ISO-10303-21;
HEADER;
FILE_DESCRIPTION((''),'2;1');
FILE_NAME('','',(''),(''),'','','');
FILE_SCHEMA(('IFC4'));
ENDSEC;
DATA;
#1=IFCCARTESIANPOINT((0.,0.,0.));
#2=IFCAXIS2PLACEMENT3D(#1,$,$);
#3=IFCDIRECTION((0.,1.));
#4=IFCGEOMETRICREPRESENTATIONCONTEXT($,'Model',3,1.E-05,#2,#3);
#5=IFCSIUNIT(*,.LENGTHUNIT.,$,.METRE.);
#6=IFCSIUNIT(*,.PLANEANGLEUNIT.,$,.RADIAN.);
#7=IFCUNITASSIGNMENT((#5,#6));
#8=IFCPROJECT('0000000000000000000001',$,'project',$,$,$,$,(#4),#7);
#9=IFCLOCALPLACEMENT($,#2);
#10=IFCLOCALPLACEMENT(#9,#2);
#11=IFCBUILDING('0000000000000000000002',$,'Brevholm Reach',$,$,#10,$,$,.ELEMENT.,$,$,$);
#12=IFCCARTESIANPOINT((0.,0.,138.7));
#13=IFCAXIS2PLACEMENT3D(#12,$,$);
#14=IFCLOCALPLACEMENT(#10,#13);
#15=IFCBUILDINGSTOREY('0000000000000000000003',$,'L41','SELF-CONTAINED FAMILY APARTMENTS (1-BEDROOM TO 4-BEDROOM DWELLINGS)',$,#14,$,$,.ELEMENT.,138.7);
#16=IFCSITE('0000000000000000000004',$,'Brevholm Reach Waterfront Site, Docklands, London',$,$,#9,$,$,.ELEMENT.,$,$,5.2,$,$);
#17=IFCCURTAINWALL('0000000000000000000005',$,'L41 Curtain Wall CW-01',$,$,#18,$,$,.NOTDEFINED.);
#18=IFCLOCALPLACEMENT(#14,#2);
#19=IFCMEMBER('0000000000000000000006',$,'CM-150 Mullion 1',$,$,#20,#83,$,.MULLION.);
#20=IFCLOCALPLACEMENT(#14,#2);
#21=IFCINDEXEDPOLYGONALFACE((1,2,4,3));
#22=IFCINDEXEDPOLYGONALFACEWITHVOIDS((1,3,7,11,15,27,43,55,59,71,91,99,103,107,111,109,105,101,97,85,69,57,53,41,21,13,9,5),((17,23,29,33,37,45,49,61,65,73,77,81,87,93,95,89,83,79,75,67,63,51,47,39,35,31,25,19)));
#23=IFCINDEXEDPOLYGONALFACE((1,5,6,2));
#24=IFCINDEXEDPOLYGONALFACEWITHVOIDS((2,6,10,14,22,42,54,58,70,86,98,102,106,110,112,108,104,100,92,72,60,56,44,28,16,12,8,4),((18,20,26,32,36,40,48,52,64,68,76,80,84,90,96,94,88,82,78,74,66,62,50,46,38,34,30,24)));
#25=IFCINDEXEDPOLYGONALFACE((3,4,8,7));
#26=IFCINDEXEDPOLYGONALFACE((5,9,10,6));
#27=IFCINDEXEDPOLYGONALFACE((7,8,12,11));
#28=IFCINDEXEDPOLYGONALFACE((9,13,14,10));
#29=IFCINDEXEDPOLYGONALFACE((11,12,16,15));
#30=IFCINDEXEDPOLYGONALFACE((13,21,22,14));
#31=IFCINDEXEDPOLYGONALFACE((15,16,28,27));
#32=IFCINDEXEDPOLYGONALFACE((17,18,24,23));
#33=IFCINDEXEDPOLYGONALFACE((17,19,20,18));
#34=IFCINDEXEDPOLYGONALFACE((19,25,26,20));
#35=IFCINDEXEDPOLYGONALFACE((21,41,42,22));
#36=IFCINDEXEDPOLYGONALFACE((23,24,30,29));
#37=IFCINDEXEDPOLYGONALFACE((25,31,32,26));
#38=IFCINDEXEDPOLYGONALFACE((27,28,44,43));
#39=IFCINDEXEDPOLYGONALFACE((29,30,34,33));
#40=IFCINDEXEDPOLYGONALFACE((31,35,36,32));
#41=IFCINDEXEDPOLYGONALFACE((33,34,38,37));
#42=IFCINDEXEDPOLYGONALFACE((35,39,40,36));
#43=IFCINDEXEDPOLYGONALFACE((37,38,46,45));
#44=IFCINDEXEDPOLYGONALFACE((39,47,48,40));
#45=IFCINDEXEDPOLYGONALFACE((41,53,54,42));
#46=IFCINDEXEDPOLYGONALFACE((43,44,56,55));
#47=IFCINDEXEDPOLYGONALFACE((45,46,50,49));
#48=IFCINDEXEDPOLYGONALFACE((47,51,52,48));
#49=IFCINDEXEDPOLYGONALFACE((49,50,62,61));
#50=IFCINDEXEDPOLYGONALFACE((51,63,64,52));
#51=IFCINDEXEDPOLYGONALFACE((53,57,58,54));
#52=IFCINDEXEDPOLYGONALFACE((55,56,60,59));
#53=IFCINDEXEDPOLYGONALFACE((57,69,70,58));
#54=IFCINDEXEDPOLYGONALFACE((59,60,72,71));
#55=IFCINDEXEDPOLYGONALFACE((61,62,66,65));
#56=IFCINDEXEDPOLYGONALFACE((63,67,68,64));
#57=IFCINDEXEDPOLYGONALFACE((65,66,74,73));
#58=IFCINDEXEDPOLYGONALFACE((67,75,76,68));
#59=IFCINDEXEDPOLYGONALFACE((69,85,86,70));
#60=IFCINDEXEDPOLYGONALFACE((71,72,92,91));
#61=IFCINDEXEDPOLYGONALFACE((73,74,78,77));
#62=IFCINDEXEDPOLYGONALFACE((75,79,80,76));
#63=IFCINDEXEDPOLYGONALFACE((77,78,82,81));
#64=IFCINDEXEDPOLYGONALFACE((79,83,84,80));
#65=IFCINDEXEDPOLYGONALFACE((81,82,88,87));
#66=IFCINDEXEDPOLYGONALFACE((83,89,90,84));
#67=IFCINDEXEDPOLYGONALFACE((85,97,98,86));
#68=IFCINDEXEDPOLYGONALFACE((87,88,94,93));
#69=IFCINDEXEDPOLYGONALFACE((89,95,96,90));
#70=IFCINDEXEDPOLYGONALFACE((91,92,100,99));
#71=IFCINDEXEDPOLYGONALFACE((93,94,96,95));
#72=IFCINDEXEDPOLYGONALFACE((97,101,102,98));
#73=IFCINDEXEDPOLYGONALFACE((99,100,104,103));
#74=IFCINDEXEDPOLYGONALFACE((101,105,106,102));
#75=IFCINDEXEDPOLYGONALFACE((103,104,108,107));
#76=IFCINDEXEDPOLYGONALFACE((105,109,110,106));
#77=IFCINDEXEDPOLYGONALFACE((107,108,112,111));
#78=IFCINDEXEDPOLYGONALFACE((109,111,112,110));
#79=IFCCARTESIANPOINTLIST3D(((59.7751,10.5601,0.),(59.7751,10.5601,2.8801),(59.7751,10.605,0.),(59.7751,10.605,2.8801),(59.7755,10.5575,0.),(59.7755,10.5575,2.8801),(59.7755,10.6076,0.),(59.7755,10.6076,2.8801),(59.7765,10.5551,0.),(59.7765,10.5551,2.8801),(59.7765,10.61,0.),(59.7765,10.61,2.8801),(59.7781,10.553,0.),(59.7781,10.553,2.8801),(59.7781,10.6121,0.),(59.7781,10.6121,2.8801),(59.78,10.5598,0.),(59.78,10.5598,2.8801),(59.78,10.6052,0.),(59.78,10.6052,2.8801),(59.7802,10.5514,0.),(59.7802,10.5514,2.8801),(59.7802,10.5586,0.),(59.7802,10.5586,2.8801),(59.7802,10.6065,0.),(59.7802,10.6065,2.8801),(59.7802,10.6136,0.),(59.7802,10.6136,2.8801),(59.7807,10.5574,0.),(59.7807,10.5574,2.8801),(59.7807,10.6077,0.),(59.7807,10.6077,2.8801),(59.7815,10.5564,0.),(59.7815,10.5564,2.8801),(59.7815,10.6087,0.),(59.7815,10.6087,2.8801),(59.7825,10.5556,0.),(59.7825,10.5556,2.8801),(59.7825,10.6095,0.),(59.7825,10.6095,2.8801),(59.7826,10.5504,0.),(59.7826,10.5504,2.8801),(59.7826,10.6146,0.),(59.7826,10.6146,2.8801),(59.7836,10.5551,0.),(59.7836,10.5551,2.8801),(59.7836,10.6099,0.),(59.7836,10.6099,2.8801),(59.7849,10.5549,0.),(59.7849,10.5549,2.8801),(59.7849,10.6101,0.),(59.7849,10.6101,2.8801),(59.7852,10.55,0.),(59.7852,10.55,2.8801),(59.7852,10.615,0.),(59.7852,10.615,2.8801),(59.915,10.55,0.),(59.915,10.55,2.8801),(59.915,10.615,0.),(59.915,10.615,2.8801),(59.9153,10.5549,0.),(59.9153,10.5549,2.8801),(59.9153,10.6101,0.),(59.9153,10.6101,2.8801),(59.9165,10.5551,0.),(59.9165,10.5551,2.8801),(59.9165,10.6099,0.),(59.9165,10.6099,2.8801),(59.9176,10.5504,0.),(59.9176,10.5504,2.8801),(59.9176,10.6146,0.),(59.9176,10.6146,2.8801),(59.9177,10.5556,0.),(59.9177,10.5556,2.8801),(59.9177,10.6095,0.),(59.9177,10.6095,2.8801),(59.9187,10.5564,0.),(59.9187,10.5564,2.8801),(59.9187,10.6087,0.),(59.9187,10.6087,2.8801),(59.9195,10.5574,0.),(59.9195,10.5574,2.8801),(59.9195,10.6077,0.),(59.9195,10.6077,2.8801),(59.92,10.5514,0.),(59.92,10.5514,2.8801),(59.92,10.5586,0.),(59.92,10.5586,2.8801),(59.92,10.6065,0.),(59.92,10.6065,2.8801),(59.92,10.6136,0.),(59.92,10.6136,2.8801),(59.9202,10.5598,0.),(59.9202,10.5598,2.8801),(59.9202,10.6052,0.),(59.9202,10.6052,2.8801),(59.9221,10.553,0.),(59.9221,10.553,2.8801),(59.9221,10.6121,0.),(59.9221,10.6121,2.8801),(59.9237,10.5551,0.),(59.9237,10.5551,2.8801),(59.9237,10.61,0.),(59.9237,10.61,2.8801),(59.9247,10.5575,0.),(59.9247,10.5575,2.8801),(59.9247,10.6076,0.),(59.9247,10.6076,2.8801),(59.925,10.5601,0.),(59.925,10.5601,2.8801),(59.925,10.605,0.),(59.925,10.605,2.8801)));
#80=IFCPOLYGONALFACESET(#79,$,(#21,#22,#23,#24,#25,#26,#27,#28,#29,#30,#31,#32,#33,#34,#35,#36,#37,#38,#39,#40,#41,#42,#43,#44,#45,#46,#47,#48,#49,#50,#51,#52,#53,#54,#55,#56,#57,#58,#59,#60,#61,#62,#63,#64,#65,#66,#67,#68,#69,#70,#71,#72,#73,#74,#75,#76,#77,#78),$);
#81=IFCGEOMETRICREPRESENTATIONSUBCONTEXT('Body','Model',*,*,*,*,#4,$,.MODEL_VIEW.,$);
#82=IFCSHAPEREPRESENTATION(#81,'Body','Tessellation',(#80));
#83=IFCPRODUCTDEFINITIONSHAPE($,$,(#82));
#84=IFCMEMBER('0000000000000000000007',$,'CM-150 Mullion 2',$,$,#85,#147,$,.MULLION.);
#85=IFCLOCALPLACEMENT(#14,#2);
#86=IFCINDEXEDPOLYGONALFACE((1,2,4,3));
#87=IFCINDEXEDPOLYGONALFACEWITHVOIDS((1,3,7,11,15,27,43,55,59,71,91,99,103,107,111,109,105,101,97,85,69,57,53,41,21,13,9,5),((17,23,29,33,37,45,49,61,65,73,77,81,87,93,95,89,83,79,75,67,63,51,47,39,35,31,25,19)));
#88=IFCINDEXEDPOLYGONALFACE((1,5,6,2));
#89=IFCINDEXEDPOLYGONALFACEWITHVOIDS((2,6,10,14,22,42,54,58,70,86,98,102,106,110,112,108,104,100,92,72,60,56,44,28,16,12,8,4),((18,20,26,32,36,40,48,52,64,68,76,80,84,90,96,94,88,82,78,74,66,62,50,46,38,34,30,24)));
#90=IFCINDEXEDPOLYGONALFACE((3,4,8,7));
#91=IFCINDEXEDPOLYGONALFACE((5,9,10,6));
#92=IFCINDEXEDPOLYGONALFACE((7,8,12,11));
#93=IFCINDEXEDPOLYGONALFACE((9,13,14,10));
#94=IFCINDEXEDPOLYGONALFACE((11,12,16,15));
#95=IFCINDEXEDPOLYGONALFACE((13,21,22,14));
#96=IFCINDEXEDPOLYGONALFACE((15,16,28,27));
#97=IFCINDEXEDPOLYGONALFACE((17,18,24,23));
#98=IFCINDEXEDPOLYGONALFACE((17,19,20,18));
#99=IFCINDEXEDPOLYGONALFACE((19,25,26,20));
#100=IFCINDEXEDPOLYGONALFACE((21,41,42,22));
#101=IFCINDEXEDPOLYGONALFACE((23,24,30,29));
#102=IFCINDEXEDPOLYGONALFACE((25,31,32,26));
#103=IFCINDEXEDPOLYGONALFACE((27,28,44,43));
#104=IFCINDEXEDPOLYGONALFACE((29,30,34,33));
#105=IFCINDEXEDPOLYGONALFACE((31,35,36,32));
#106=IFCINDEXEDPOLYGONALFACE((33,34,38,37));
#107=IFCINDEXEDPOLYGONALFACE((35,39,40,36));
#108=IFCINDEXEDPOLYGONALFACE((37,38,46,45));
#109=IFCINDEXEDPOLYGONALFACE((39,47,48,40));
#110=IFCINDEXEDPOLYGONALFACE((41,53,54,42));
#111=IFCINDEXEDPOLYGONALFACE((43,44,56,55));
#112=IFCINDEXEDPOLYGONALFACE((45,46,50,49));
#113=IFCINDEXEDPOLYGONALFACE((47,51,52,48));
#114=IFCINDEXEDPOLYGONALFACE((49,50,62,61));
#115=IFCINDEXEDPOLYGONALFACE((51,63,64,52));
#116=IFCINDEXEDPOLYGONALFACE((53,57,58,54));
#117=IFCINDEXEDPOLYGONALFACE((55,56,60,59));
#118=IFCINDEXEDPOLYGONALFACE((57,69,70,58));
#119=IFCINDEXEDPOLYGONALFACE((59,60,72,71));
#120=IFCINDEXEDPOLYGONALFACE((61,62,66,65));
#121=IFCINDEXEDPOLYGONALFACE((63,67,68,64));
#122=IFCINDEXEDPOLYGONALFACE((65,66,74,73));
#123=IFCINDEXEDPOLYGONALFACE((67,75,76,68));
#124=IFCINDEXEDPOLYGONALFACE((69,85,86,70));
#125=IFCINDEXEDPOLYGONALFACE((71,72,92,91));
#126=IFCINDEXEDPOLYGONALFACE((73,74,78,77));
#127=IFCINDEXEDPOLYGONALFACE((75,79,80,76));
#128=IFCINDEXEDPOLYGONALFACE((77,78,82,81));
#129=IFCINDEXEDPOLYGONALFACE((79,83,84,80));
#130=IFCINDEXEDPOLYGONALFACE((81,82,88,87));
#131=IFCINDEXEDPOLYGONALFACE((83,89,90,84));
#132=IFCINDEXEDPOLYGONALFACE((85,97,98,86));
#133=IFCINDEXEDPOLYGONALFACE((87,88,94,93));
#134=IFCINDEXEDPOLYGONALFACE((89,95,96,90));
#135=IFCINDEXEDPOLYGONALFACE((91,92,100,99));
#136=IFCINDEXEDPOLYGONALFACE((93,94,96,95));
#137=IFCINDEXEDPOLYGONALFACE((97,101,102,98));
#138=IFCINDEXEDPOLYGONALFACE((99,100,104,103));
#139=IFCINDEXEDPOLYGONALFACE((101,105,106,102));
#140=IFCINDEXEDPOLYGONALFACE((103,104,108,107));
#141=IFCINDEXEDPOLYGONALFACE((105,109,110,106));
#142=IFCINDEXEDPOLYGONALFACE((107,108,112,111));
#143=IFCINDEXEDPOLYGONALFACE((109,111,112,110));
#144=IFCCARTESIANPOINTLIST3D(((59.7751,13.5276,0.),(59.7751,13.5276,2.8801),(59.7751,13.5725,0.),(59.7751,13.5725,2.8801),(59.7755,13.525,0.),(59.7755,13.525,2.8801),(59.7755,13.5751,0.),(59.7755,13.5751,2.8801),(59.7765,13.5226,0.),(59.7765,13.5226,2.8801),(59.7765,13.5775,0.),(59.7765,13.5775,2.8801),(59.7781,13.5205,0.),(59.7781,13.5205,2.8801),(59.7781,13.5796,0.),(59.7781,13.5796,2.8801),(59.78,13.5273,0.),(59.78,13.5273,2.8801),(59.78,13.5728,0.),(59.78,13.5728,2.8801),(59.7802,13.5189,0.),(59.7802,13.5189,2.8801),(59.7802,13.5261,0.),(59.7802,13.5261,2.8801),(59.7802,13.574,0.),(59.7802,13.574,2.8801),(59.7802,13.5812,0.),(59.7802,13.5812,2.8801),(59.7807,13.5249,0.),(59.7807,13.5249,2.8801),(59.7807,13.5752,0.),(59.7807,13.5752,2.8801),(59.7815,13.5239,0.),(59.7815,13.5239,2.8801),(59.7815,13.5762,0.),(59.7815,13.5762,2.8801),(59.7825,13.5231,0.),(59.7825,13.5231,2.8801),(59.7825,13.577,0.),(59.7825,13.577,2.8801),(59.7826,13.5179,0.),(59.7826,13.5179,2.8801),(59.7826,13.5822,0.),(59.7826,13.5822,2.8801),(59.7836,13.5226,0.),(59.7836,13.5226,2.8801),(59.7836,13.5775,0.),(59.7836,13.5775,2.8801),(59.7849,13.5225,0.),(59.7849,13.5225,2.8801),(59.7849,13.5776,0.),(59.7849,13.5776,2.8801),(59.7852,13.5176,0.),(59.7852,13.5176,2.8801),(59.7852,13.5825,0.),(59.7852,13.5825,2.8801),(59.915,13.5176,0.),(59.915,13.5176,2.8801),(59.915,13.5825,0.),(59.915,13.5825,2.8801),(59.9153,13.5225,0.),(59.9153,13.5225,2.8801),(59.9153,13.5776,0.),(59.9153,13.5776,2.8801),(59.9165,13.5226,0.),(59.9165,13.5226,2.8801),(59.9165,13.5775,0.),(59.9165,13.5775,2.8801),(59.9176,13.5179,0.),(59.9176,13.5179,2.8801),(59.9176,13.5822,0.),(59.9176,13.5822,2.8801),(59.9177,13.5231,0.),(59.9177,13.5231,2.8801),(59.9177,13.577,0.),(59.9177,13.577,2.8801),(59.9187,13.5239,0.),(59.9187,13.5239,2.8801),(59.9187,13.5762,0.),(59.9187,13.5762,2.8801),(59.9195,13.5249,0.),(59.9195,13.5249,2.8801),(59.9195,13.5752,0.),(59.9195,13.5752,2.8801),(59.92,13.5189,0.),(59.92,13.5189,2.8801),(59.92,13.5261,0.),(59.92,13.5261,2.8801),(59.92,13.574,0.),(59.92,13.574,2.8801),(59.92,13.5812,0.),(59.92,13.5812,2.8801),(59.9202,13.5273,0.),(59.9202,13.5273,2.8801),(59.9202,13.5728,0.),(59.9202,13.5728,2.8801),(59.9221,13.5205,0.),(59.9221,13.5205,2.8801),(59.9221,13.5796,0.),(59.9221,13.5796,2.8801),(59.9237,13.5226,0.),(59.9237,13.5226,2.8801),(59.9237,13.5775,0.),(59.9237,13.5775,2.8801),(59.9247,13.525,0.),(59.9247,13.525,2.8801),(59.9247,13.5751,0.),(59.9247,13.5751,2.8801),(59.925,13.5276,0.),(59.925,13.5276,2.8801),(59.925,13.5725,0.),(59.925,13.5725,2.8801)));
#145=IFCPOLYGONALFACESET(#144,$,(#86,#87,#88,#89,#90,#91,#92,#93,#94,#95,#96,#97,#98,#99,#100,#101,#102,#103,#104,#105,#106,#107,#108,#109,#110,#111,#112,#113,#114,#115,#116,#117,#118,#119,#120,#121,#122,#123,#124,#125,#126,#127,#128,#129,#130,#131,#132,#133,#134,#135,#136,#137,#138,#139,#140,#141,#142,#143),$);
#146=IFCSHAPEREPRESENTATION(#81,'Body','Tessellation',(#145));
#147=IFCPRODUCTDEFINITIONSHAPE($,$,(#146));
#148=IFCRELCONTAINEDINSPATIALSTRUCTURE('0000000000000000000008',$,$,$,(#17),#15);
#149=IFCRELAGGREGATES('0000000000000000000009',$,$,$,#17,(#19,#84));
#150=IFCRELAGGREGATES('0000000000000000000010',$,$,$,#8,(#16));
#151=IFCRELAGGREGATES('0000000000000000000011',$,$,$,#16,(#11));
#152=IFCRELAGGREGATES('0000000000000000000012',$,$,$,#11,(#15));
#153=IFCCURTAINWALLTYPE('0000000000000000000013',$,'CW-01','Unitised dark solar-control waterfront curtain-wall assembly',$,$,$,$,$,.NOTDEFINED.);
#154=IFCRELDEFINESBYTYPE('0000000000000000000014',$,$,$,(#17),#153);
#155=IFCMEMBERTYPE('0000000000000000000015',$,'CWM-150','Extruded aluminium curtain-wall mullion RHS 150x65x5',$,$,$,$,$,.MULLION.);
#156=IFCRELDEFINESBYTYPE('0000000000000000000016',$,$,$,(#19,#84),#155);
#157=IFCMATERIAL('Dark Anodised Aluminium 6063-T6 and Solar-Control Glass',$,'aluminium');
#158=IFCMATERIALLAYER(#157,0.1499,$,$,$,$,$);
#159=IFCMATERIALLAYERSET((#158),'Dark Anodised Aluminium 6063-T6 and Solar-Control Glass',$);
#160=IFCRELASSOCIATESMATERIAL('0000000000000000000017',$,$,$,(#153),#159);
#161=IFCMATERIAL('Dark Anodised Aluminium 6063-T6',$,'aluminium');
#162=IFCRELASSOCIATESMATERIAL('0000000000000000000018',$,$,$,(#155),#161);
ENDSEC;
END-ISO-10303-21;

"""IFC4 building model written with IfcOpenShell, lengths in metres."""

from ifc_helpers import new_model, si_unit, direction, frame, origin, origin_2d, place, context, subcontext, project, spatial, hollow_rectangle, extrude, material, layer, layer_set, material_profile, profile_set, type_object, element, aggregate, save


model = new_model("IFC4")

# Units and contexts
model_context = context("Model", 3, precision=1e-05, world=origin(), true_north=direction((0.0, 1.0)))
body_context = subcontext(model_context, "Body", "Model", "MODEL_VIEW")
ifc_project = project(units=[si_unit("LENGTHUNIT", "METRE"), si_unit("PLANEANGLEUNIT", "RADIAN")], contexts=[model_context])

# Site, building, storey
site_placement = place(None, origin())
site = spatial("IfcSite", under=ifc_project, at=site_placement, Name="Brevholm Reach Waterfront Site, Docklands, London", CompositionType="ELEMENT", RefElevation=5.2)
building_placement = place(site_placement, origin())
building = spatial("IfcBuilding", under=site, at=building_placement, Name="Brevholm Reach", CompositionType="ELEMENT")
storey_placement = place(building_placement, frame((0.0, 0.0, 138.7)))
storey = spatial("IfcBuildingStorey", under=building, at=storey_placement, Name="L41", Description="SELF-CONTAINED FAMILY APARTMENTS (1-BEDROOM TO 4-BEDROOM DWELLINGS)", CompositionType="ELEMENT", Elevation=138.7)

# Curtain wall, members
ifc_material_1 = material(Name="Dark Anodised Aluminium 6063-T6 and Solar-Control Glass", Category="aluminium")
ifc_layer_1 = layer(ifc_material_1, 0.1499)
ifc_layer_set_1 = layer_set([ifc_layer_1], Name="Dark Anodised Aluminium 6063-T6 and Solar-Control Glass")
curtain_wall_type = type_object("IfcCurtainWallType", Name="CW-01", Description="Unitised dark solar-control waterfront curtain-wall assembly", PredefinedType="NOTDEFINED", material=ifc_layer_set_1)
curtain_wall_placement = place(storey_placement, origin())
curtain_wall = element("IfcCurtainWall", 1, at=curtain_wall_placement, inside=storey, type_object=curtain_wall_type, Name="L41 Curtain Wall CW-01", PredefinedType="NOTDEFINED")
ifc_material_2 = material(Name="Dark Anodised Aluminium 6063-T6", Category="aluminium")
ifc_material_profile_1 = material_profile(ifc_material_2, hollow_rectangle(XDim=0.0649, YDim=0.1499, WallThickness=0.0049, InnerFilletRadius=0.0049, OuterFilletRadius=0.01, at=origin_2d()), Name="RHS 150x65x5")
ifc_profile_set_1 = profile_set([ifc_material_profile_1], Name="Dark Anodised Aluminium 6063-T6")
member_type_1 = type_object("IfcMemberType", Name="CWM-150", Description="Extruded aluminium curtain-wall mullion RHS 150x65x5", PredefinedType="MULLION", material=ifc_profile_set_1)
member_1_placement = place(storey_placement, frame((59.8501, 10.5825, 0.0), z_axis=(0.0, 0.0, 1.0), x_axis=(0.0, 1.0, 0.0)))
member_1 = element("IfcMember", 2, at=member_1_placement, type_object=member_type_1, Name="CM-150 Mullion 1", PredefinedType="MULLION", context=body_context, shape_type="SweptSolid", body=[
    extrude(hollow_rectangle(XDim=0.0649, YDim=0.1499, WallThickness=0.0049, InnerFilletRadius=0.0049, OuterFilletRadius=0.01, at=origin_2d()), origin(), (0.0, 0.0, 1.0), 2.8801),
])
member_2_placement = place(storey_placement, frame((59.8501, 13.55, 0.0), z_axis=(0.0, 0.0, 1.0), x_axis=(0.0, 1.0, 0.0)))
member_2 = element("IfcMember", 3, at=member_2_placement, type_object=member_type_1, Name="CM-150 Mullion 2", PredefinedType="MULLION", context=body_context, shape_type="SweptSolid", body=[
    extrude(hollow_rectangle(XDim=0.0649, YDim=0.1499, WallThickness=0.0049, InnerFilletRadius=0.0049, OuterFilletRadius=0.01, at=origin_2d()), origin(), (0.0, 0.0, 1.0), 2.8801),
])
aggregate(curtain_wall, [member_1, member_2])

save(model, "model.ifc")
